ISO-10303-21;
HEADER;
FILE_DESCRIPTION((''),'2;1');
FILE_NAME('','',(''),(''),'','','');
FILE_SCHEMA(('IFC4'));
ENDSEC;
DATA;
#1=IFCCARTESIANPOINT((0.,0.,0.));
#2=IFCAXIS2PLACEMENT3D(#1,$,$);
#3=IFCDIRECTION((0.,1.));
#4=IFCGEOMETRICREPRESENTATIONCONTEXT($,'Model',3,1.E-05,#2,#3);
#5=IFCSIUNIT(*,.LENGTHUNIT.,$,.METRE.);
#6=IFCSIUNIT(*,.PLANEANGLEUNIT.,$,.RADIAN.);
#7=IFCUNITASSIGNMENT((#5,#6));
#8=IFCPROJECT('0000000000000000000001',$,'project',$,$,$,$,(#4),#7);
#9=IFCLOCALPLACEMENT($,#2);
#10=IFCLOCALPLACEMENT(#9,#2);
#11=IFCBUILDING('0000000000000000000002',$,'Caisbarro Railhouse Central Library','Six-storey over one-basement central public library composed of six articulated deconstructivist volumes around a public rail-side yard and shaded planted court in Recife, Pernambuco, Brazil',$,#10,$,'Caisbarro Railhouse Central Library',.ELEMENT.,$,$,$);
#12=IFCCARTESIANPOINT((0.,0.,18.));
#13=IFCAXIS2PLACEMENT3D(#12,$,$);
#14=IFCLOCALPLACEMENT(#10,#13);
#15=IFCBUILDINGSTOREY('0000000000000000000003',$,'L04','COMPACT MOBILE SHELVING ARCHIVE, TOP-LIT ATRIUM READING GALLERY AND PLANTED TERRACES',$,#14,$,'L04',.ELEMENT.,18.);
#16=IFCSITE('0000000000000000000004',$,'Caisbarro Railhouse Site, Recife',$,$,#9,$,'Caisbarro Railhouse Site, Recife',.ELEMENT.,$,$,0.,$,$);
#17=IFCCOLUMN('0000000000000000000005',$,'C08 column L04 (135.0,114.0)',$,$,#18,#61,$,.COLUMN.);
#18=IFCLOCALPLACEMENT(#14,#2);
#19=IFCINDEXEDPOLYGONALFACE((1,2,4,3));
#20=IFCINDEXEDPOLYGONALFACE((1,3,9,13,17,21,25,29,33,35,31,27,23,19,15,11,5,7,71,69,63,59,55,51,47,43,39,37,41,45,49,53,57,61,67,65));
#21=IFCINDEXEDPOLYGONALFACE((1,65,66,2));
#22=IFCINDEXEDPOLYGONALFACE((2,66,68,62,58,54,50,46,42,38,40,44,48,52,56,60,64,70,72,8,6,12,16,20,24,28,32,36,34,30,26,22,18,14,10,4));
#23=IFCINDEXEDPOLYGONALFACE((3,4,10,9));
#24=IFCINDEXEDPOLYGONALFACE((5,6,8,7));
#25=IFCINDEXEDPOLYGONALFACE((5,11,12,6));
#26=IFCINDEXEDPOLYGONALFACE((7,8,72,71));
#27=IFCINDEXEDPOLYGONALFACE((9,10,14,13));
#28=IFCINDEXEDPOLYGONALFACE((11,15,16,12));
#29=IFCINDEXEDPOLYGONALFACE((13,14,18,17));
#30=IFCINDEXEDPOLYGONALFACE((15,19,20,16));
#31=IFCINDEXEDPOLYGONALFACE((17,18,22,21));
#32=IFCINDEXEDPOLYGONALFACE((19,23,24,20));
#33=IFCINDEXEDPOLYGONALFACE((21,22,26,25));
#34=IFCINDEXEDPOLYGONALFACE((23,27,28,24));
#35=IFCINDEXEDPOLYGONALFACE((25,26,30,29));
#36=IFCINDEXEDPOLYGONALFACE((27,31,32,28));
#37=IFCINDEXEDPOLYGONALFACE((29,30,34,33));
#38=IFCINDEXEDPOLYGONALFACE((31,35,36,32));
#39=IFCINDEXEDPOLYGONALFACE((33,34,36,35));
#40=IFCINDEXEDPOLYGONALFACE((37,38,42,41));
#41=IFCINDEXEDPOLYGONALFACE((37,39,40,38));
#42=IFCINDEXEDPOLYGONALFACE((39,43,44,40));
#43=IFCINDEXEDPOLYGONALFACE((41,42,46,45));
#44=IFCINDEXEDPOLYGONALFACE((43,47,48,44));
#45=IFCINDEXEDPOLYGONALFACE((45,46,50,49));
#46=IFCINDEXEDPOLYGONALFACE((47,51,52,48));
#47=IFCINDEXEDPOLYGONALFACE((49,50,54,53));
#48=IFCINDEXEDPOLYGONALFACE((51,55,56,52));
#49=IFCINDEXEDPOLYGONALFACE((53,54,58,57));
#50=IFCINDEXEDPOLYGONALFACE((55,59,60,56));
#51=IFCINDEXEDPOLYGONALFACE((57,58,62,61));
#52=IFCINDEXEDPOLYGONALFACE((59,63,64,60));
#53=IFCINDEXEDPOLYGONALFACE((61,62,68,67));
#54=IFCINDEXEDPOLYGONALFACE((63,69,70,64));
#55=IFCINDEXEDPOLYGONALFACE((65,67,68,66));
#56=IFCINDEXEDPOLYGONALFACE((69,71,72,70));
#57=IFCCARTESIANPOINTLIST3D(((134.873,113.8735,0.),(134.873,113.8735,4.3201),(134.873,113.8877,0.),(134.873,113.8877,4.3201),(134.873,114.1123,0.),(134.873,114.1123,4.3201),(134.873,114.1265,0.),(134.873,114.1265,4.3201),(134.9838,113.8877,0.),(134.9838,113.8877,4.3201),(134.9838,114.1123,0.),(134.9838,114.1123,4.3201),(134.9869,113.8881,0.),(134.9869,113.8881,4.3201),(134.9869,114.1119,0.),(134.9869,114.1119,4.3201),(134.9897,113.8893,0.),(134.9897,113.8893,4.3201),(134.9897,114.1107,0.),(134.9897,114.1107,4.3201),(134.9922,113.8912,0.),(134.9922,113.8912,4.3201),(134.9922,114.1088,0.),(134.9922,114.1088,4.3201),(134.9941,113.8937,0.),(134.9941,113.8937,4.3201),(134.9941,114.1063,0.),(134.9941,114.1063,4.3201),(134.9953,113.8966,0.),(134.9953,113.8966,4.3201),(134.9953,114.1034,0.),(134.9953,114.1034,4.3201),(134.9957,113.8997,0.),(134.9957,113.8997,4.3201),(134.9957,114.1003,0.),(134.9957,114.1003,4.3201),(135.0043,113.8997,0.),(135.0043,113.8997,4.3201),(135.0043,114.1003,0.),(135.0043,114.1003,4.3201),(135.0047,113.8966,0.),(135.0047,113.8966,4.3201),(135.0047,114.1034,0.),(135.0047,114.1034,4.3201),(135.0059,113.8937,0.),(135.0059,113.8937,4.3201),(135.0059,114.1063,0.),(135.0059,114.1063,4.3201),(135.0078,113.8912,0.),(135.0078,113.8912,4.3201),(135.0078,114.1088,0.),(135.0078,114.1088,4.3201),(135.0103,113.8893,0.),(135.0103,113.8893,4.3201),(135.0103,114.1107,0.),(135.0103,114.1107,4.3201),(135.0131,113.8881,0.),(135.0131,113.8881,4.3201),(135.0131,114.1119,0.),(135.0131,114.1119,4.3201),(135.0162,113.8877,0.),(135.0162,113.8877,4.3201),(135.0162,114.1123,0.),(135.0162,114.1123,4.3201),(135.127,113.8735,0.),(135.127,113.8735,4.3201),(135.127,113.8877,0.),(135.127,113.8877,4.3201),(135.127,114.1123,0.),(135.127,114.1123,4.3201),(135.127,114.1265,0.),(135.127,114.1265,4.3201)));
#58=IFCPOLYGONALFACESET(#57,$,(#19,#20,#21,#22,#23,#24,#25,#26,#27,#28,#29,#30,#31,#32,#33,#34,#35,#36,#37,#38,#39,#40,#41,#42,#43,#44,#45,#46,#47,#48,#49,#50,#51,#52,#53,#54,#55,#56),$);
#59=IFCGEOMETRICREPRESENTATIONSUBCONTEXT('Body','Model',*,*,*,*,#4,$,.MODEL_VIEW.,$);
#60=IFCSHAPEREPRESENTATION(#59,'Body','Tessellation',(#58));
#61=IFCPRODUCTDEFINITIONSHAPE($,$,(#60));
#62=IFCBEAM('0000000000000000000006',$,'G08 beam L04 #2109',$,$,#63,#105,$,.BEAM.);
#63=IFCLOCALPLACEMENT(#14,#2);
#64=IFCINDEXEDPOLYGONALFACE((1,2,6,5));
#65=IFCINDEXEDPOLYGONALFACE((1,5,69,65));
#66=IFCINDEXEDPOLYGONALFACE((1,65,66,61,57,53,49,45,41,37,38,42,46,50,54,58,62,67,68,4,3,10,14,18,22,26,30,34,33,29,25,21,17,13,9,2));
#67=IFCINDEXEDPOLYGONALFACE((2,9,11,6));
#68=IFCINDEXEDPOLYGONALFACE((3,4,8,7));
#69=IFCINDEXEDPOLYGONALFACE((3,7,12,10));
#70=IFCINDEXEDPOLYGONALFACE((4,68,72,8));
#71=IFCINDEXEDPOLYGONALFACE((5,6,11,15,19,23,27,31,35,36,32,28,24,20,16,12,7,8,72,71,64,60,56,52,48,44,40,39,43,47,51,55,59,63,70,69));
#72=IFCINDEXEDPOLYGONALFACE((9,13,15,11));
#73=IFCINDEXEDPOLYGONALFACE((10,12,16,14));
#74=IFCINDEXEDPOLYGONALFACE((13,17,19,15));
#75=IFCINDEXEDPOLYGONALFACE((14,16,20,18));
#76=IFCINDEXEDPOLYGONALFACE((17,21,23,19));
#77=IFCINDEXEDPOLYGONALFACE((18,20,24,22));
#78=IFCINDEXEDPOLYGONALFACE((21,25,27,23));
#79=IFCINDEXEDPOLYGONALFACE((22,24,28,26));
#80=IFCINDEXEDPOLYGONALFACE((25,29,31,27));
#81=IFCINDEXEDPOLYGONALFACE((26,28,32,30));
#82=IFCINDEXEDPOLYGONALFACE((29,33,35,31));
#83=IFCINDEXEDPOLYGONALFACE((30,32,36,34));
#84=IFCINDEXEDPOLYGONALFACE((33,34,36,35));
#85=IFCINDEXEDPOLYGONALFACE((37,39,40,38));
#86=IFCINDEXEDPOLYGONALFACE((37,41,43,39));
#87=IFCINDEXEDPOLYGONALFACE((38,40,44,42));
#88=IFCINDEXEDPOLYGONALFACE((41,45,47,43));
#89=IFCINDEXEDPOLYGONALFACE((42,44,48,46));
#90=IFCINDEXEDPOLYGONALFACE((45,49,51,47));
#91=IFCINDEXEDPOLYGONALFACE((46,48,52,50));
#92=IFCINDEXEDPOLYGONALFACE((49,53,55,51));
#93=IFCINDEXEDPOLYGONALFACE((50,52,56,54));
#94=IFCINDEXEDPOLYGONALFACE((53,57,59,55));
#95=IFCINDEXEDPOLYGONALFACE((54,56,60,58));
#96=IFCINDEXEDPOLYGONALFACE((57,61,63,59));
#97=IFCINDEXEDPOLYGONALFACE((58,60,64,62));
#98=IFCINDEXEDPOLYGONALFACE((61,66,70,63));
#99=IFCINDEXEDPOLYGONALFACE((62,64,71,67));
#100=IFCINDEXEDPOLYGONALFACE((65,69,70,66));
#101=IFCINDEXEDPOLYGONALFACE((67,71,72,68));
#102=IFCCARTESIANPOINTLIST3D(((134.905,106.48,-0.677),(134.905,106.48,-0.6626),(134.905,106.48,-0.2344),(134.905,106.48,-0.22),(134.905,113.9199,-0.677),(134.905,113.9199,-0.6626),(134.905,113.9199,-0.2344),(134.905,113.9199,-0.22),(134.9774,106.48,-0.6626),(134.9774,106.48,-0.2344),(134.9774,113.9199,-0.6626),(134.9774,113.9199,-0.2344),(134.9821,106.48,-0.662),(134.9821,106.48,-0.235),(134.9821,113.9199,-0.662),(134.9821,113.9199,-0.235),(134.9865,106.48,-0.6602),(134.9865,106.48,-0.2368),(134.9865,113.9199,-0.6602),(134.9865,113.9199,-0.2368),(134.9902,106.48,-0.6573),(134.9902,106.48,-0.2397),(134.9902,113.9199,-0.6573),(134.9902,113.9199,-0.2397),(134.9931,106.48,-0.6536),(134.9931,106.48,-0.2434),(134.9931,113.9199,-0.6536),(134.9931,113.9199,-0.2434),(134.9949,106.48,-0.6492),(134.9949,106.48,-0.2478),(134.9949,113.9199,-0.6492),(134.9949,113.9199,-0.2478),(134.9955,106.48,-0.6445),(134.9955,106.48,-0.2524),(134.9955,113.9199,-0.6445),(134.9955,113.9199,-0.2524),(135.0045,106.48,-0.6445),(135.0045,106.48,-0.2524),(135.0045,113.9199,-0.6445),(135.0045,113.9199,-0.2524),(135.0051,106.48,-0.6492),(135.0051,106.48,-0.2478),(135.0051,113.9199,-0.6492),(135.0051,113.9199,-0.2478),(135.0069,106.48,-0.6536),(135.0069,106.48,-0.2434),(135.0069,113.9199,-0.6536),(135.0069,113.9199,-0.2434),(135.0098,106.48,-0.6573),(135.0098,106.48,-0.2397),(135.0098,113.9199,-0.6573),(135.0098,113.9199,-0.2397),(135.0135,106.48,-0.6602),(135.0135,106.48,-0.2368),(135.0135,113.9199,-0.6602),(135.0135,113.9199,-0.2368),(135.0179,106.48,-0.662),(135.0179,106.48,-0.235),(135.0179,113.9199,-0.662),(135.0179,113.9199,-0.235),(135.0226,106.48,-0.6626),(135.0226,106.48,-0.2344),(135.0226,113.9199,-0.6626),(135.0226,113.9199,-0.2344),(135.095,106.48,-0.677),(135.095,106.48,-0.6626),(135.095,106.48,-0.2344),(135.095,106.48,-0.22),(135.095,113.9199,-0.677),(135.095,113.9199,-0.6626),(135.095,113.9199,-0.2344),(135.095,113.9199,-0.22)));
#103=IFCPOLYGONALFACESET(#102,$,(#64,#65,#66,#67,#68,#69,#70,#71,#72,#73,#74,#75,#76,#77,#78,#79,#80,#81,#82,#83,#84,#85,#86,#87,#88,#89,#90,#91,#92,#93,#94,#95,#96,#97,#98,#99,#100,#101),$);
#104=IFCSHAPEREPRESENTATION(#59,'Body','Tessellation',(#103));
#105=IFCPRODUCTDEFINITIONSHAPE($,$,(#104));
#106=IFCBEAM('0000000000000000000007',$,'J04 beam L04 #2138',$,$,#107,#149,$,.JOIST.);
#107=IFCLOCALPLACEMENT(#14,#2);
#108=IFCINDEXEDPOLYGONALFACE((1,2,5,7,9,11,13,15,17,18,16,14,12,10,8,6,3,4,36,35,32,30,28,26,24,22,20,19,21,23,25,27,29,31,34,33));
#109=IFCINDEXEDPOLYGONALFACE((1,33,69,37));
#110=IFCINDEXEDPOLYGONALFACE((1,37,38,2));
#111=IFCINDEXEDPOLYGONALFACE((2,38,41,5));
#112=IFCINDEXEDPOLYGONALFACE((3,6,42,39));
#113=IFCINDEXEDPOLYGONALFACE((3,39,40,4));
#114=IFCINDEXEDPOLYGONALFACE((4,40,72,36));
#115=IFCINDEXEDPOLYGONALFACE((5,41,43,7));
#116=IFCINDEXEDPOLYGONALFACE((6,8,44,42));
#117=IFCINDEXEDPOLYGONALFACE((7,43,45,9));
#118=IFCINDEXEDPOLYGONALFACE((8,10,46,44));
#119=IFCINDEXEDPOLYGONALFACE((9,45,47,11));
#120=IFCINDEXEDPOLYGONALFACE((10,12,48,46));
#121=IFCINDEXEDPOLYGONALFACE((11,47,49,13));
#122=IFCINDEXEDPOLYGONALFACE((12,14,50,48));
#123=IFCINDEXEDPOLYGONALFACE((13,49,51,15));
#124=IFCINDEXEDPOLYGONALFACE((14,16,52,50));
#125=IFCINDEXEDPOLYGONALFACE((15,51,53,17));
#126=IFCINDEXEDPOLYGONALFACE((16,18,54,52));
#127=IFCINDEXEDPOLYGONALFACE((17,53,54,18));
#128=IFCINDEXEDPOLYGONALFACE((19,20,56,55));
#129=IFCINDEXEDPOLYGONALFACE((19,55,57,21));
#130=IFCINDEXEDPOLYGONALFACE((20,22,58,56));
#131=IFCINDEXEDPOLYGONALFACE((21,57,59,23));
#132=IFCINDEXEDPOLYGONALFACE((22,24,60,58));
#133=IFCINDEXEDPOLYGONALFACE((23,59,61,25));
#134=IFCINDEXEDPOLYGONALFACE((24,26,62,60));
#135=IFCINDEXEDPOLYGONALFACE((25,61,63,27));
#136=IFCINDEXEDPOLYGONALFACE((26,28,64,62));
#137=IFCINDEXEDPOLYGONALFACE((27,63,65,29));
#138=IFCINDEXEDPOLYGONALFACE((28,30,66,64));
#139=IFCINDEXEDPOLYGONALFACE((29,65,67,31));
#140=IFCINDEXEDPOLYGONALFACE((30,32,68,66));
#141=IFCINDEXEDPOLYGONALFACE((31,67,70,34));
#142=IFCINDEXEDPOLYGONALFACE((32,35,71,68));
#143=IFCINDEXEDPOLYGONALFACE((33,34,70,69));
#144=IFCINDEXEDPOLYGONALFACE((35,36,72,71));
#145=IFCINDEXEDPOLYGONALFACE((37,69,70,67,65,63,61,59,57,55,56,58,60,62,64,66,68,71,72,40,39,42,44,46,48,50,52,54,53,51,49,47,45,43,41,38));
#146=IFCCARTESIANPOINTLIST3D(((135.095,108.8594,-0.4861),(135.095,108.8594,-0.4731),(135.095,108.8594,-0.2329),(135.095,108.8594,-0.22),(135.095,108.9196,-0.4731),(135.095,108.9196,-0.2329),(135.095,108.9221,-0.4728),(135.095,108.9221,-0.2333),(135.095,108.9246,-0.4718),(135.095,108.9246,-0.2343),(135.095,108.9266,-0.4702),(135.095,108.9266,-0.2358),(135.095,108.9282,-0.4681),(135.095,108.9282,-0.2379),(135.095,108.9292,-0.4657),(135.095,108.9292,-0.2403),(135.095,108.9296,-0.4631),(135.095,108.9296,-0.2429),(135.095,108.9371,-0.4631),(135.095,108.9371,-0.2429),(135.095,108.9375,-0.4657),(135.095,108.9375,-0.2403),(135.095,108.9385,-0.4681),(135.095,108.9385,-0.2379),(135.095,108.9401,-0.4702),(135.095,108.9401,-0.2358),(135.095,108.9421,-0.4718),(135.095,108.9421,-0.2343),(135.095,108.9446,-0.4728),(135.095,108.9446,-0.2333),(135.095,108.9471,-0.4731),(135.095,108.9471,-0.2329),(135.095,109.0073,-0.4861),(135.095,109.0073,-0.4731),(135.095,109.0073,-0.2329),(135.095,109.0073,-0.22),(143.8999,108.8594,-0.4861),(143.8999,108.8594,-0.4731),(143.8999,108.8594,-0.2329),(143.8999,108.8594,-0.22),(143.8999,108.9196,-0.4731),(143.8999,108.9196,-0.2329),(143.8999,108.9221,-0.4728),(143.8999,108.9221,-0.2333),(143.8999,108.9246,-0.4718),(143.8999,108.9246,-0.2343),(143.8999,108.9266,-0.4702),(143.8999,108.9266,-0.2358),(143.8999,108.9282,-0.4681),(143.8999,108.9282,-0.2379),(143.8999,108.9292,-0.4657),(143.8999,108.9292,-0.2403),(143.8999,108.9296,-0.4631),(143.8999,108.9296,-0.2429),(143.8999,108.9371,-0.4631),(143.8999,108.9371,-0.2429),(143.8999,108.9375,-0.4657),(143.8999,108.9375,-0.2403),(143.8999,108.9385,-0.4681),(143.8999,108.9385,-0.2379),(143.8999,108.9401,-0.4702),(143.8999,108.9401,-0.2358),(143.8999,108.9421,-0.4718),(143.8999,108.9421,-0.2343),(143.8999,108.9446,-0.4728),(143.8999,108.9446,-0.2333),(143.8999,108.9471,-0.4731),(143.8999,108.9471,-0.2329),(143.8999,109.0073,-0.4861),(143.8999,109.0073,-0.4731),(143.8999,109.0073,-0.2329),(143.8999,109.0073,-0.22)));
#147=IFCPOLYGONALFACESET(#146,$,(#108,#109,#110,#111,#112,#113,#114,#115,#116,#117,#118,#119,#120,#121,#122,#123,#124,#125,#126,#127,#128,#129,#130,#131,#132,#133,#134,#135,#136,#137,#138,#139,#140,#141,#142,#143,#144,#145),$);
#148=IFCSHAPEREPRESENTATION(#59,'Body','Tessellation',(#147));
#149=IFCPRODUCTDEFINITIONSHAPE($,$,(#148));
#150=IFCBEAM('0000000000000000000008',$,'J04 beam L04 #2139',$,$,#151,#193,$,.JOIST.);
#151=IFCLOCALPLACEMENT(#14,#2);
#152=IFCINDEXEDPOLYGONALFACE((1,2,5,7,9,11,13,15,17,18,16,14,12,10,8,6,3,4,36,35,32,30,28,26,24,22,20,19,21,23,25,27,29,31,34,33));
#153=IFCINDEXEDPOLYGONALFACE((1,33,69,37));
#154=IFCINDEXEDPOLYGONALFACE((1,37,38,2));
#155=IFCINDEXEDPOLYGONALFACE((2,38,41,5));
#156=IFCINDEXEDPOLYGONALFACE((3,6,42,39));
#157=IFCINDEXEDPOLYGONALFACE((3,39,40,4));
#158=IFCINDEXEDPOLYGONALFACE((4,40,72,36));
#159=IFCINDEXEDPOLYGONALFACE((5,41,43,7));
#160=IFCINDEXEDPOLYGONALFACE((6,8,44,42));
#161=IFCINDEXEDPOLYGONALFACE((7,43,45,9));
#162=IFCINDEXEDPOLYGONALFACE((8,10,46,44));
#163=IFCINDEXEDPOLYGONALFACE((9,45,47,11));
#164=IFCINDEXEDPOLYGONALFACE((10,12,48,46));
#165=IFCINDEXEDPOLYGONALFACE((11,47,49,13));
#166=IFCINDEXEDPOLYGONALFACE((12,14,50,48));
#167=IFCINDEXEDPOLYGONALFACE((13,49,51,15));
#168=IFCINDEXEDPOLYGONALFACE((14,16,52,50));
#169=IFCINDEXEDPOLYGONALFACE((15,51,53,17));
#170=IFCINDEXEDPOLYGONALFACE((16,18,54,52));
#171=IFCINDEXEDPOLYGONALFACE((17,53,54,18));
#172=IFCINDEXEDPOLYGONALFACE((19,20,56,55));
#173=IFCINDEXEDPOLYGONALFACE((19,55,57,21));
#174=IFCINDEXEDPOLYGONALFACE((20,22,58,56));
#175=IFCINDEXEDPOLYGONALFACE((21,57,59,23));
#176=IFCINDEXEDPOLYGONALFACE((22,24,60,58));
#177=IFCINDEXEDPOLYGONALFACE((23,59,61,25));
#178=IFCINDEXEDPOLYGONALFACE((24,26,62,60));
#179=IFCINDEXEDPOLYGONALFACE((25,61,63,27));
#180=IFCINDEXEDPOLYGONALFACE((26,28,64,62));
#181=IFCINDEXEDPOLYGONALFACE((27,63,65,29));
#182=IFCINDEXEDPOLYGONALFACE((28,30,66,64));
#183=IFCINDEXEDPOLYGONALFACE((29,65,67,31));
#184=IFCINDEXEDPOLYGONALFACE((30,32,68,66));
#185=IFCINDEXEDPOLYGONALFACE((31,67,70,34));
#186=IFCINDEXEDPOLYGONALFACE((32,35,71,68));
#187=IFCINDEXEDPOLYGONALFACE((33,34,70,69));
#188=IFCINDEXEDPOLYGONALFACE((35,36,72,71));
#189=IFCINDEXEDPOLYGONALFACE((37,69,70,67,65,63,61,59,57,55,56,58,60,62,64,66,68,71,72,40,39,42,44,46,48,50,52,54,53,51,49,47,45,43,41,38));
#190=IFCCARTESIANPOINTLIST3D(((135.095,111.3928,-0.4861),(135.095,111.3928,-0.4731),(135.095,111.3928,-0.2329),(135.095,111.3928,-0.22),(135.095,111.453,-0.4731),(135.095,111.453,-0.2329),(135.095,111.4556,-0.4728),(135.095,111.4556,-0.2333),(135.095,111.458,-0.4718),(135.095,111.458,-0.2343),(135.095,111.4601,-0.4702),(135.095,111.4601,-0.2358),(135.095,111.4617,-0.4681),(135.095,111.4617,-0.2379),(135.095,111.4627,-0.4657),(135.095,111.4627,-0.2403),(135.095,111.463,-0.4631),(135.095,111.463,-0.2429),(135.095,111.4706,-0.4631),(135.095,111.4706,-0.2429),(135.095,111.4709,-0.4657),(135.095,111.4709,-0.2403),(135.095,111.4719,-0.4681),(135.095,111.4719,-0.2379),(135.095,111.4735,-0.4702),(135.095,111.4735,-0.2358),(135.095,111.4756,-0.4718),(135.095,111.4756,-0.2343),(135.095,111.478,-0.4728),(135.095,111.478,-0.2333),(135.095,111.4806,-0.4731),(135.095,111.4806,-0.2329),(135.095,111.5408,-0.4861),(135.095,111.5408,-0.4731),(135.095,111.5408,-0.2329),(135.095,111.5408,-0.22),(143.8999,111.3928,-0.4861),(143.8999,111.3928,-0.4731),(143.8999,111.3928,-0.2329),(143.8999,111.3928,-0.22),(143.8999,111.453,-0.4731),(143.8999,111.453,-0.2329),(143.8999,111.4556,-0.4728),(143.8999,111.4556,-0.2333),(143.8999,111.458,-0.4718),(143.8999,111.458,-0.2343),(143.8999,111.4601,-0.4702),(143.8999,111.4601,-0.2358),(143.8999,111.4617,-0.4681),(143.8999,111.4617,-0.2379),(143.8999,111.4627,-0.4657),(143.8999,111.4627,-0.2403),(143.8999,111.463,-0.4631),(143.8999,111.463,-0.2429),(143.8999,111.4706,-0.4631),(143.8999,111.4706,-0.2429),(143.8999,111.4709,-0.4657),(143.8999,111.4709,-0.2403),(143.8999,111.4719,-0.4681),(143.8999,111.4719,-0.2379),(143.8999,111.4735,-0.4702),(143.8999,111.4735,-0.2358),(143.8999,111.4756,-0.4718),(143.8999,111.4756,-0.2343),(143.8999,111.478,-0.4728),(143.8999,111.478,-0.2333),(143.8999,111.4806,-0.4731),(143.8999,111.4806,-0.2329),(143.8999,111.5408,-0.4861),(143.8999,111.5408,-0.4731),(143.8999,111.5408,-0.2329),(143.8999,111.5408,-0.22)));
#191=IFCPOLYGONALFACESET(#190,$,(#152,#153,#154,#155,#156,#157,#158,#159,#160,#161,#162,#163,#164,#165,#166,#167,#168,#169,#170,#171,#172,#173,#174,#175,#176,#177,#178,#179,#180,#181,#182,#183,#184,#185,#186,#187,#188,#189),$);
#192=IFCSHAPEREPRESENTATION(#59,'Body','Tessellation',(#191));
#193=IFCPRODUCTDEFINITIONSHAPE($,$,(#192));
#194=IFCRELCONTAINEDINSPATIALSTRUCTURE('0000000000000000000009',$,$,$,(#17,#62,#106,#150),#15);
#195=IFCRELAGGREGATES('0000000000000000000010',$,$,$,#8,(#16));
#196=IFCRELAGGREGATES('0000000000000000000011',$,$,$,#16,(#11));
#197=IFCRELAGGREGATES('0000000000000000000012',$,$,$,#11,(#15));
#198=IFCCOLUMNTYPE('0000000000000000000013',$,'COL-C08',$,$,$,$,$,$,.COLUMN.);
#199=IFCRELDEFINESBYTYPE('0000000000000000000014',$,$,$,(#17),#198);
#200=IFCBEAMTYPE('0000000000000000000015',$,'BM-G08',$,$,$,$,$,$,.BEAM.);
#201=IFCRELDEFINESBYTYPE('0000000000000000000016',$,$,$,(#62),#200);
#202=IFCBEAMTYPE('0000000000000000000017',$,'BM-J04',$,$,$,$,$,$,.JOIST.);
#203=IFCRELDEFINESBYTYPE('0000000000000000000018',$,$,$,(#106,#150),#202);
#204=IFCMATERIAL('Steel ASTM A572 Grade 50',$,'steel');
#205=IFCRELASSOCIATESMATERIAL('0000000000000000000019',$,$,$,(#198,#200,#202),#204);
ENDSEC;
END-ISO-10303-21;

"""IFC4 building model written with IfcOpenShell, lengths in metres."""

from ifc_helpers import new_model, si_unit, direction, frame, origin, origin_2d, place, context, subcontext, project, spatial, i_section, extrude, material, material_profile, profile_set, type_object, element, save


model = new_model("IFC4")

# Units and contexts
model_context = context("Model", 3, precision=1e-05, world=origin(), true_north=direction((0.0, 1.0)))
body_context = subcontext(model_context, "Body", "Model", "MODEL_VIEW")
ifc_project = project(units=[si_unit("LENGTHUNIT", "METRE"), si_unit("PLANEANGLEUNIT", "RADIAN")], contexts=[model_context])

# Site, building, storey
site_placement = place(None, origin())
site = spatial("IfcSite", under=ifc_project, at=site_placement, Name="Caisbarro Railhouse Site, Recife", LongName="Caisbarro Railhouse Site, Recife", CompositionType="ELEMENT", RefElevation=0.0)
building_placement = place(site_placement, origin())
building = spatial("IfcBuilding", under=site, at=building_placement, Name="Caisbarro Railhouse Central Library", Description="Six-storey over one-basement central public library composed of six articulated deconstructivist volumes around a public rail-side yard and shaded planted court in Recife, Pernambuco, Brazil", LongName="Caisbarro Railhouse Central Library", CompositionType="ELEMENT")
storey_placement = place(building_placement, frame((0.0, 0.0, 18.0)))
storey = spatial("IfcBuildingStorey", under=building, at=storey_placement, Name="L04", Description="COMPACT MOBILE SHELVING ARCHIVE, TOP-LIT ATRIUM READING GALLERY AND PLANTED TERRACES", LongName="L04", CompositionType="ELEMENT", Elevation=18.0)

# Column
ifc_material_1 = material(Name="Steel ASTM A572 Grade 50", Category="steel")
ifc_material_profile_1 = material_profile(ifc_material_1, i_section(OverallWidth=0.2539, OverallDepth=0.2529, WebThickness=0.0085, FlangeThickness=0.0142, FilletRadius=0.012, at=origin_2d()), Name="W250X73.0")
ifc_profile_set_1 = profile_set([ifc_material_profile_1], Name="Steel ASTM A572 Grade 50")
column_type = type_object("IfcColumnType", Name="COL-C08", PredefinedType="COLUMN", material=ifc_profile_set_1)
column_placement = place(storey_placement, frame((135.0, 114.0, 0.0), z_axis=(0.0, 0.0, 1.0), x_axis=(1.0, 0.0, 0.0)))
element("IfcColumn", 1, at=column_placement, inside=storey, type_object=column_type, Name="C08 column L04 (135.0,114.0)", PredefinedType="COLUMN", context=body_context, shape_type="SweptSolid", body=[
    extrude(i_section(OverallWidth=0.2539, OverallDepth=0.2529, WebThickness=0.0085, FlangeThickness=0.0142, FilletRadius=0.012, at=origin_2d()), origin(), (0.0, 0.0, 1.0), 4.3201),
])

# Beams
ifc_material_profile_2 = material_profile(ifc_material_1, i_section(OverallWidth=0.1899, OverallDepth=0.457, WebThickness=0.009, FlangeThickness=0.0144, FilletRadius=0.0181, at=origin_2d()), Name="W460X74.0")
ifc_profile_set_2 = profile_set([ifc_material_profile_2], Name="Steel ASTM A572 Grade 50")
beam_type_1 = type_object("IfcBeamType", Name="BM-G08", PredefinedType="BEAM", material=ifc_profile_set_2)
beam_1_placement = place(storey_placement, frame((135.0, 106.48, -0.4485), z_axis=(0.0, 1.0, 0.0), x_axis=(-1.0, 0.0, 0.0)))
element("IfcBeam", 2, at=beam_1_placement, inside=storey, type_object=beam_type_1, Name="G08 beam L04 #2109", PredefinedType="BEAM", context=body_context, shape_type="SweptSolid", body=[
    extrude(i_section(OverallWidth=0.1899, OverallDepth=0.457, WebThickness=0.009, FlangeThickness=0.0144, FilletRadius=0.0181, at=origin_2d()), origin(), (0.0, 0.0, 1.0), 7.4399),
])
ifc_material_profile_3 = material_profile(ifc_material_1, i_section(OverallWidth=0.1479, OverallDepth=0.2661, WebThickness=0.0076, FlangeThickness=0.0129, FilletRadius=0.01, at=origin_2d()), Name="W250X44.8")
ifc_profile_set_3 = profile_set([ifc_material_profile_3], Name="Steel ASTM A572 Grade 50")
beam_type_2 = type_object("IfcBeamType", Name="BM-J04", PredefinedType="JOIST", material=ifc_profile_set_3)
for number, where, z_axis, x_axis, name in (
    (3, (135.095, 108.9333, -0.353), (1.0, 0.0, 0.0), (0.0, 1.0, 0.0), "J04 beam L04 #2138"),
    (4, (135.095, 111.4668, -0.353), (1.0, 0.0, 0.0), (0.0, 1.0, 0.0), "J04 beam L04 #2139"),
):
    element("IfcBeam", number, at=place(storey_placement, frame(where, z_axis=z_axis, x_axis=x_axis)), inside=storey, type_object=beam_type_2, Name=name, PredefinedType="JOIST", context=body_context, shape_type="SweptSolid", body=[
        extrude(i_section(OverallWidth=0.1479, OverallDepth=0.2661, WebThickness=0.0076, FlangeThickness=0.0129, FilletRadius=0.01, at=origin_2d()), origin(), (0.0, 0.0, 1.0), 8.8049),
    ])

save(model, "model.ifc")
